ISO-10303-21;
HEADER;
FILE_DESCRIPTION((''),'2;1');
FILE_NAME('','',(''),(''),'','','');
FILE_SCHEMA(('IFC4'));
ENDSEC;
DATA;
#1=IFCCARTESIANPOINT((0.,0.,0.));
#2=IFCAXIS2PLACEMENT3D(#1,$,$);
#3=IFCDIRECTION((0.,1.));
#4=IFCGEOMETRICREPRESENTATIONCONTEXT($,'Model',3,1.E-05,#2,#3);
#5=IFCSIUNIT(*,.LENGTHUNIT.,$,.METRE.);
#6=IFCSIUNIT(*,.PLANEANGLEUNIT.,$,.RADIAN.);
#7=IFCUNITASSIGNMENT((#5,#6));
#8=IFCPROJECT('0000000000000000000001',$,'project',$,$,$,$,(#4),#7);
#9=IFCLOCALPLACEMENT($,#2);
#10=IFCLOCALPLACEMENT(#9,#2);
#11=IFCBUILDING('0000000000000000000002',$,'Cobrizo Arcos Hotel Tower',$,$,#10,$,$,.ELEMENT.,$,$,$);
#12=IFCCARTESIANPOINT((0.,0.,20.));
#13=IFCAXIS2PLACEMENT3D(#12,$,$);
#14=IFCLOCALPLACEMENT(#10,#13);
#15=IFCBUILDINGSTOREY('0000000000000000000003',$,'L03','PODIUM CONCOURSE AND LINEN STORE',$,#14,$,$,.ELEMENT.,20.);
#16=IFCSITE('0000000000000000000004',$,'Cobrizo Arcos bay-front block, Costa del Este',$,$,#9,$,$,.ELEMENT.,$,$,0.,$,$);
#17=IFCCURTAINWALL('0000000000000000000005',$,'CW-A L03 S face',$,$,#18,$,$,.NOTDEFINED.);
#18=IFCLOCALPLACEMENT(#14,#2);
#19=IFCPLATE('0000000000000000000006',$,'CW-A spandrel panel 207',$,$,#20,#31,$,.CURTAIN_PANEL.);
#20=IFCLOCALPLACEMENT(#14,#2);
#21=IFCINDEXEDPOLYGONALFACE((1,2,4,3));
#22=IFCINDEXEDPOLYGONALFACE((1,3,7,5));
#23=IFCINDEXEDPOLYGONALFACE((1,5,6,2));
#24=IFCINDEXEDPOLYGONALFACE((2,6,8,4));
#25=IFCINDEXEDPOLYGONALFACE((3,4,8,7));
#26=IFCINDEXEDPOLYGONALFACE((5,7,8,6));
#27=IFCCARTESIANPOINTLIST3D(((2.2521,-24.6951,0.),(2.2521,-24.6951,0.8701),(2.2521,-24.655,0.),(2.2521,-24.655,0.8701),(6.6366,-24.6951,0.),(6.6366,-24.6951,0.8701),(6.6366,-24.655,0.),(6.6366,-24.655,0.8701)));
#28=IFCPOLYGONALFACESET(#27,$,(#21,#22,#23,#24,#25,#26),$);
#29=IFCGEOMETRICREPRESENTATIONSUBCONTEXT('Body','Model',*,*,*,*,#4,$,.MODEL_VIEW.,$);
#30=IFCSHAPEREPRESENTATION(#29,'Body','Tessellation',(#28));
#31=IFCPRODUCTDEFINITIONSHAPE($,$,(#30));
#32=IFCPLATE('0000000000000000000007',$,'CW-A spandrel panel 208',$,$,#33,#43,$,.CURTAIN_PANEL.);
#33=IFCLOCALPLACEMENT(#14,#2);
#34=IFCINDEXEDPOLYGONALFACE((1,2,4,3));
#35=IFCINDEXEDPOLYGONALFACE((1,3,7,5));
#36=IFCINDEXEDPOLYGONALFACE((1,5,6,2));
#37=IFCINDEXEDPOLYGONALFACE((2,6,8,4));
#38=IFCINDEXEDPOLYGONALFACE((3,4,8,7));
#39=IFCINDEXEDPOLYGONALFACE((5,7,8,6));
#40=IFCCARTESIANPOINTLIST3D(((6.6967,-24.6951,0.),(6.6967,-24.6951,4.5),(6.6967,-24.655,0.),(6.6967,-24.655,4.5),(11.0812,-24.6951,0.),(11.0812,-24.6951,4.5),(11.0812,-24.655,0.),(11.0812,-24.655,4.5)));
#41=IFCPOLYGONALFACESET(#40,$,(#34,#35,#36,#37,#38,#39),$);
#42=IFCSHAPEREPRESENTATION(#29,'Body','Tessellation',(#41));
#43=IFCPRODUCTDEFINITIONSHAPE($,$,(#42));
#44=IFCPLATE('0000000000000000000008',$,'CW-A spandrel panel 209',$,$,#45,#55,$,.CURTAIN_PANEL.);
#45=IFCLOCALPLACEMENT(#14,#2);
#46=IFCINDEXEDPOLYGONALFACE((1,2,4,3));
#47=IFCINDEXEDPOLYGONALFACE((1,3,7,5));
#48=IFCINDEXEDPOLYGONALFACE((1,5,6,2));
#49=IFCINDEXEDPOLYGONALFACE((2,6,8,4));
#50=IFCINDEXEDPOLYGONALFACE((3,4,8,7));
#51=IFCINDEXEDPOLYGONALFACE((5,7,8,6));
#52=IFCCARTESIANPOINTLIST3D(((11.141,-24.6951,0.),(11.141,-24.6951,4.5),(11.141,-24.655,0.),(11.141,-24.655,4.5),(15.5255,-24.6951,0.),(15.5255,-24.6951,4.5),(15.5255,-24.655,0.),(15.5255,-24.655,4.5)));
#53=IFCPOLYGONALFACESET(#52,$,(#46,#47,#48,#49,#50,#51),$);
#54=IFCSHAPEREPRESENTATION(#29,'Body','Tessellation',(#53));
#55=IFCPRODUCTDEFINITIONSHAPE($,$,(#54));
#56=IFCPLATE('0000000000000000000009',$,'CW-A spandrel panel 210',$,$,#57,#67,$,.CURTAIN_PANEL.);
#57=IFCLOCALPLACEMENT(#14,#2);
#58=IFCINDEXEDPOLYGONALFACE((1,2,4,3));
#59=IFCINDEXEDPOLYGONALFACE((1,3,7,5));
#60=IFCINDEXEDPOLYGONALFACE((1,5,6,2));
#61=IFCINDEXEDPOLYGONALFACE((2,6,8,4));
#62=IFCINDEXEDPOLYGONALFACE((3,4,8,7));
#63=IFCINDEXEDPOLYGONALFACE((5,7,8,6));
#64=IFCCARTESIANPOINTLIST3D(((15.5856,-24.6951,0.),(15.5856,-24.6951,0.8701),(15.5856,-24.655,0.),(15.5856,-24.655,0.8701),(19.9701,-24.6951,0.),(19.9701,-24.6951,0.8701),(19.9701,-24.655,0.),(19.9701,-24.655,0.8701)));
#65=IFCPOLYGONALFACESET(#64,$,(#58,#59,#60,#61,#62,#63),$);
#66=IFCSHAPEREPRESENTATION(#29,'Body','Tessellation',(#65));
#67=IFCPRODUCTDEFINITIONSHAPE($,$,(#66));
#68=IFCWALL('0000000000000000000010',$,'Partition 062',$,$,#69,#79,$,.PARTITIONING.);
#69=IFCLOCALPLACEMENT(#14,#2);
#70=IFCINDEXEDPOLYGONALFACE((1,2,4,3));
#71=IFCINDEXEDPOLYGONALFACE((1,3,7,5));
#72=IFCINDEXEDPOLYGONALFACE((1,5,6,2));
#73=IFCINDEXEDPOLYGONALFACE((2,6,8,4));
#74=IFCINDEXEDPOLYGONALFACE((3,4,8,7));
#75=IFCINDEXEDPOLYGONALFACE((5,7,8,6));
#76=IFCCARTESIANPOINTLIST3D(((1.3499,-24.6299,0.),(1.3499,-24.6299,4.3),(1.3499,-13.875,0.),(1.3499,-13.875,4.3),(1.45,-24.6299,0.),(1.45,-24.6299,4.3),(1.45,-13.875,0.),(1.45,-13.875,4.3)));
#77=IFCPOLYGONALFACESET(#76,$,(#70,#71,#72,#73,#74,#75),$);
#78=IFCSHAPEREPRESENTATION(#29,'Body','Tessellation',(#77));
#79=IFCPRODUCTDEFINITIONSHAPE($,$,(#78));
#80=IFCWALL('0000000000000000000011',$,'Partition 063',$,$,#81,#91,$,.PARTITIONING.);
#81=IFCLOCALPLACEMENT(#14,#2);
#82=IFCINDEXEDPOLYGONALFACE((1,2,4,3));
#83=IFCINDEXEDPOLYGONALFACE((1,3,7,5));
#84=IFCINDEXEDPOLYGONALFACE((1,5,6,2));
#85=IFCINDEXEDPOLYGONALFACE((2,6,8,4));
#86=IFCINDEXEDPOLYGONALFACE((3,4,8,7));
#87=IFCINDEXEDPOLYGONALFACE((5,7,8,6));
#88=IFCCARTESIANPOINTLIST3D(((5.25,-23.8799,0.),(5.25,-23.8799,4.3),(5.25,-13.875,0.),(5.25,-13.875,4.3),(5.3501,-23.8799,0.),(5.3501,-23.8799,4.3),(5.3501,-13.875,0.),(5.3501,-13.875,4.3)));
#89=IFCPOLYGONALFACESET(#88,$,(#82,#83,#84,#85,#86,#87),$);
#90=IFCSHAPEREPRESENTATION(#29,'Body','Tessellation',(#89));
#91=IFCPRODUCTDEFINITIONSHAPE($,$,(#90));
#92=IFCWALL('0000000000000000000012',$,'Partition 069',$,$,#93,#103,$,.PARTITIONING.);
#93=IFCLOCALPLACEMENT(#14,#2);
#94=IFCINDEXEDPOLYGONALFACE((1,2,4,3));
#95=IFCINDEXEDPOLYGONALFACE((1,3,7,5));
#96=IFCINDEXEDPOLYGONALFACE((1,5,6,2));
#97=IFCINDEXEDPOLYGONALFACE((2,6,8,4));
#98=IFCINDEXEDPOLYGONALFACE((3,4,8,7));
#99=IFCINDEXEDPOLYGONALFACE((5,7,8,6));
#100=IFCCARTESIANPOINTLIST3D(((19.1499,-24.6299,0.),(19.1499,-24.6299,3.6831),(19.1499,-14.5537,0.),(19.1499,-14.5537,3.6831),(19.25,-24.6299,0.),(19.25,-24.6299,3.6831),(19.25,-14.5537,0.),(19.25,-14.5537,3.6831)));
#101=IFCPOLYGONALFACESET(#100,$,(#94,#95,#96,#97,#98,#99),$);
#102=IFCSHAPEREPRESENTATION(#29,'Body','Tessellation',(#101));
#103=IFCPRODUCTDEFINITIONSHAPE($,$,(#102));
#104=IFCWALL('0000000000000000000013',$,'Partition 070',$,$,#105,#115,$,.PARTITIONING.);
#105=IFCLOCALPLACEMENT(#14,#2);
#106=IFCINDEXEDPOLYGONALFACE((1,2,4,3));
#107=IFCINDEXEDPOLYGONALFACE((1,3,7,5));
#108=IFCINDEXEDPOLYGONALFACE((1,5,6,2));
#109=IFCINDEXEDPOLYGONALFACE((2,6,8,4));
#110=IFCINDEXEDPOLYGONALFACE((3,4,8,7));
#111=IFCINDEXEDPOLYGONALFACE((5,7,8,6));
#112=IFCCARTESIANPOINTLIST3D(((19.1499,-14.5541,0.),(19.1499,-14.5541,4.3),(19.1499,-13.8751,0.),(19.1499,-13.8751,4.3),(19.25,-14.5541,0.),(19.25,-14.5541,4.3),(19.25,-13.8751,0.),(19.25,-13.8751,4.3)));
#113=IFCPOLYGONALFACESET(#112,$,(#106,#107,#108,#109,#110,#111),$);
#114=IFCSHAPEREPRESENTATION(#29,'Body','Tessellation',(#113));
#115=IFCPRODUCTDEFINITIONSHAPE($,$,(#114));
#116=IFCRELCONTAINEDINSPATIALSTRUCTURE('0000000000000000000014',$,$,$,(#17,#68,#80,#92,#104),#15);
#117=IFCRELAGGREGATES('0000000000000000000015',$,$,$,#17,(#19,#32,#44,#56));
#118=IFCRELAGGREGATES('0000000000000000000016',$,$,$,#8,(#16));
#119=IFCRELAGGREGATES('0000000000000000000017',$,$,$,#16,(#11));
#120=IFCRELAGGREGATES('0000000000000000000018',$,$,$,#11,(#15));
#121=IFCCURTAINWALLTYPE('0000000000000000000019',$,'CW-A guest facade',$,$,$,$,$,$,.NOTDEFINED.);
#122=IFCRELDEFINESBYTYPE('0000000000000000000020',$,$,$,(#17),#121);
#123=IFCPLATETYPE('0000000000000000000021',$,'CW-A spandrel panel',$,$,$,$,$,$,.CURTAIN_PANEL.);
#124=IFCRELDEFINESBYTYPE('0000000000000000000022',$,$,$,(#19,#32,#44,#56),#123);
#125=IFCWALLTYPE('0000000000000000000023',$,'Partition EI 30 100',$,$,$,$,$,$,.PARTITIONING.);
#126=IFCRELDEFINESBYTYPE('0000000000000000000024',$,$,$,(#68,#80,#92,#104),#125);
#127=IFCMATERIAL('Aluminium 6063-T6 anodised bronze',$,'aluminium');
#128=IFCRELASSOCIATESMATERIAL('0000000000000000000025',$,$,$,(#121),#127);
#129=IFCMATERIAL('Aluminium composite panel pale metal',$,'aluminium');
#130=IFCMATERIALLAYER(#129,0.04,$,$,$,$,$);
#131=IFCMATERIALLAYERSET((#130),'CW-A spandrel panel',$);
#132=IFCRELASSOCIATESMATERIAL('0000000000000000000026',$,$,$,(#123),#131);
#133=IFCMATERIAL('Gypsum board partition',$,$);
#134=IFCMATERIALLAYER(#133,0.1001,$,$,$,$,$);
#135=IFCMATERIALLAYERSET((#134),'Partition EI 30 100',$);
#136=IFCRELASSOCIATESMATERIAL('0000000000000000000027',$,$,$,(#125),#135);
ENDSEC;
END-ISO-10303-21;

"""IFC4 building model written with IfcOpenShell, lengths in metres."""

from ifc_helpers import new_model, si_unit, direction, frame, frame_2d, origin, origin_2d, place, context, subcontext, project, spatial, rectangle, extrude, material, layer, layer_set, type_object, element, aggregate, save


model = new_model("IFC4")

# Units and contexts
model_context = context("Model", 3, precision=1e-05, world=origin(), true_north=direction((0.0, 1.0)))
body_context = subcontext(model_context, "Body", "Model", "MODEL_VIEW")
ifc_project = project(units=[si_unit("LENGTHUNIT", "METRE"), si_unit("PLANEANGLEUNIT", "RADIAN")], contexts=[model_context])

# Site, building, storey
site_placement = place(None, origin())
site = spatial("IfcSite", under=ifc_project, at=site_placement, Name="Cobrizo Arcos bay-front block, Costa del Este", CompositionType="ELEMENT", RefElevation=0.0)
building_placement = place(site_placement, origin())
building = spatial("IfcBuilding", under=site, at=building_placement, Name="Cobrizo Arcos Hotel Tower", CompositionType="ELEMENT")
storey_placement = place(building_placement, frame((0.0, 0.0, 20.0)))
storey = spatial("IfcBuildingStorey", under=building, at=storey_placement, Name="L03", Description="PODIUM CONCOURSE AND LINEN STORE", CompositionType="ELEMENT", Elevation=20.0)

# Curtain wall
ifc_material_1 = material(Name="Aluminium 6063-T6 anodised bronze", Category="aluminium")
curtain_wall_type = type_object("IfcCurtainWallType", Name="CW-A guest facade", PredefinedType="NOTDEFINED", material=ifc_material_1)
curtain_wall_placement = place(storey_placement, origin())
curtain_wall = element("IfcCurtainWall", 1, at=curtain_wall_placement, inside=storey, type_object=curtain_wall_type, Name="CW-A L03 S face", PredefinedType="NOTDEFINED")

# Plates
ifc_material_2 = material(Name="Aluminium composite panel pale metal", Category="aluminium")
ifc_layer_1 = layer(ifc_material_2, 0.04)
ifc_layer_set_1 = layer_set([ifc_layer_1], Name="CW-A spandrel panel")
plate_type_1 = type_object("IfcPlateType", Name="CW-A spandrel panel", PredefinedType="CURTAIN_PANEL", material=ifc_layer_set_1)
plate_1_placement = place(storey_placement, frame((4.4443, -24.675, 0.0), z_axis=(0.0, 0.0, 1.0), x_axis=(1.0, 0.0, 0.0)))
plate_1 = element("IfcPlate", 2, at=plate_1_placement, type_object=plate_type_1, Name="CW-A spandrel panel 207", PredefinedType="CURTAIN_PANEL", context=body_context, shape_type="SweptSolid", body=[
    extrude(rectangle(XDim=4.3845, YDim=0.04, at=origin_2d()), origin(), (0.0, 0.0, 1.0), 0.8701),
])
plate_2_placement = place(storey_placement, frame((8.8889, -24.675, 0.0), z_axis=(0.0, 0.0, 1.0), x_axis=(1.0, 0.0, 0.0)))
plate_2 = element("IfcPlate", 3, at=plate_2_placement, type_object=plate_type_1, Name="CW-A spandrel panel 208", PredefinedType="CURTAIN_PANEL", context=body_context, shape_type="SweptSolid", body=[
    extrude(rectangle(XDim=4.3845, YDim=0.04, at=origin_2d()), origin(), (0.0, 0.0, 1.0), 4.5),
])
plate_3_placement = place(storey_placement, frame((13.3333, -24.675, 0.0), z_axis=(0.0, 0.0, 1.0), x_axis=(1.0, 0.0, 0.0)))
plate_3 = element("IfcPlate", 4, at=plate_3_placement, type_object=plate_type_1, Name="CW-A spandrel panel 209", PredefinedType="CURTAIN_PANEL", context=body_context, shape_type="SweptSolid", body=[
    extrude(rectangle(XDim=4.3845, YDim=0.04, at=origin_2d()), origin(), (0.0, 0.0, 1.0), 4.5),
])
plate_4_placement = place(storey_placement, frame((17.7778, -24.675, 0.0), z_axis=(0.0, 0.0, 1.0), x_axis=(1.0, 0.0, 0.0)))
plate_4 = element("IfcPlate", 5, at=plate_4_placement, type_object=plate_type_1, Name="CW-A spandrel panel 210", PredefinedType="CURTAIN_PANEL", context=body_context, shape_type="SweptSolid", body=[
    extrude(rectangle(XDim=4.3845, YDim=0.04, at=origin_2d()), origin(), (0.0, 0.0, 1.0), 0.8701),
])
aggregate(curtain_wall, [plate_1, plate_2, plate_3, plate_4])

# Walls
ifc_material_3 = material(Name="Gypsum board partition")
ifc_layer_2 = layer(ifc_material_3, 0.1001)
ifc_layer_set_2 = layer_set([ifc_layer_2], Name="Partition EI 30 100")
wall_type = type_object("IfcWallType", Name="Partition EI 30 100", PredefinedType="PARTITIONING", material=ifc_layer_set_2)
wall_1_placement = place(storey_placement, frame((1.3999, -24.6299, 0.0), z_axis=(0.0, 0.0, 1.0), x_axis=(0.0, 1.0, 0.0)))
element("IfcWall", 6, at=wall_1_placement, inside=storey, type_object=wall_type, Name="Partition 062", PredefinedType="PARTITIONING", context=body_context, shape_type="SweptSolid", body=[
    extrude(rectangle(XDim=10.7549, YDim=0.1001, at=frame_2d((5.3774, 0.0))), origin(), (0.0, 0.0, 1.0), 4.3),
])
wall_2_placement = place(storey_placement, frame((5.3, -23.8799, 0.0), z_axis=(0.0, 0.0, 1.0), x_axis=(0.0, 1.0, 0.0)))
element("IfcWall", 7, at=wall_2_placement, inside=storey, type_object=wall_type, Name="Partition 063", PredefinedType="PARTITIONING", context=body_context, shape_type="SweptSolid", body=[
    extrude(rectangle(XDim=10.0049, YDim=0.1001, at=frame_2d((5.0024, 0.0))), origin(), (0.0, 0.0, 1.0), 4.3),
])
wall_3_placement = place(storey_placement, frame((19.2, -24.6299, 0.0), z_axis=(0.0, 0.0, 1.0), x_axis=(0.0, 1.0, 0.0)))
element("IfcWall", 8, at=wall_3_placement, inside=storey, type_object=wall_type, Name="Partition 069", PredefinedType="PARTITIONING", context=body_context, shape_type="SweptSolid", body=[
    extrude(rectangle(XDim=10.0762, YDim=0.1001, at=frame_2d((5.0381, 0.0))), origin(), (0.0, 0.0, 1.0), 3.6831),
])
wall_4_placement = place(storey_placement, frame((19.2, -14.554, 0.0), z_axis=(0.0, 0.0, 1.0), x_axis=(0.0, 1.0, 0.0)))
element("IfcWall", 9, at=wall_4_placement, inside=storey, type_object=wall_type, Name="Partition 070", PredefinedType="PARTITIONING", context=body_context, shape_type="SweptSolid", body=[
    extrude(rectangle(XDim=0.679, YDim=0.1001, at=frame_2d((0.3394, 0.0))), origin(), (0.0, 0.0, 1.0), 4.3),
])

save(model, "model.ifc")
